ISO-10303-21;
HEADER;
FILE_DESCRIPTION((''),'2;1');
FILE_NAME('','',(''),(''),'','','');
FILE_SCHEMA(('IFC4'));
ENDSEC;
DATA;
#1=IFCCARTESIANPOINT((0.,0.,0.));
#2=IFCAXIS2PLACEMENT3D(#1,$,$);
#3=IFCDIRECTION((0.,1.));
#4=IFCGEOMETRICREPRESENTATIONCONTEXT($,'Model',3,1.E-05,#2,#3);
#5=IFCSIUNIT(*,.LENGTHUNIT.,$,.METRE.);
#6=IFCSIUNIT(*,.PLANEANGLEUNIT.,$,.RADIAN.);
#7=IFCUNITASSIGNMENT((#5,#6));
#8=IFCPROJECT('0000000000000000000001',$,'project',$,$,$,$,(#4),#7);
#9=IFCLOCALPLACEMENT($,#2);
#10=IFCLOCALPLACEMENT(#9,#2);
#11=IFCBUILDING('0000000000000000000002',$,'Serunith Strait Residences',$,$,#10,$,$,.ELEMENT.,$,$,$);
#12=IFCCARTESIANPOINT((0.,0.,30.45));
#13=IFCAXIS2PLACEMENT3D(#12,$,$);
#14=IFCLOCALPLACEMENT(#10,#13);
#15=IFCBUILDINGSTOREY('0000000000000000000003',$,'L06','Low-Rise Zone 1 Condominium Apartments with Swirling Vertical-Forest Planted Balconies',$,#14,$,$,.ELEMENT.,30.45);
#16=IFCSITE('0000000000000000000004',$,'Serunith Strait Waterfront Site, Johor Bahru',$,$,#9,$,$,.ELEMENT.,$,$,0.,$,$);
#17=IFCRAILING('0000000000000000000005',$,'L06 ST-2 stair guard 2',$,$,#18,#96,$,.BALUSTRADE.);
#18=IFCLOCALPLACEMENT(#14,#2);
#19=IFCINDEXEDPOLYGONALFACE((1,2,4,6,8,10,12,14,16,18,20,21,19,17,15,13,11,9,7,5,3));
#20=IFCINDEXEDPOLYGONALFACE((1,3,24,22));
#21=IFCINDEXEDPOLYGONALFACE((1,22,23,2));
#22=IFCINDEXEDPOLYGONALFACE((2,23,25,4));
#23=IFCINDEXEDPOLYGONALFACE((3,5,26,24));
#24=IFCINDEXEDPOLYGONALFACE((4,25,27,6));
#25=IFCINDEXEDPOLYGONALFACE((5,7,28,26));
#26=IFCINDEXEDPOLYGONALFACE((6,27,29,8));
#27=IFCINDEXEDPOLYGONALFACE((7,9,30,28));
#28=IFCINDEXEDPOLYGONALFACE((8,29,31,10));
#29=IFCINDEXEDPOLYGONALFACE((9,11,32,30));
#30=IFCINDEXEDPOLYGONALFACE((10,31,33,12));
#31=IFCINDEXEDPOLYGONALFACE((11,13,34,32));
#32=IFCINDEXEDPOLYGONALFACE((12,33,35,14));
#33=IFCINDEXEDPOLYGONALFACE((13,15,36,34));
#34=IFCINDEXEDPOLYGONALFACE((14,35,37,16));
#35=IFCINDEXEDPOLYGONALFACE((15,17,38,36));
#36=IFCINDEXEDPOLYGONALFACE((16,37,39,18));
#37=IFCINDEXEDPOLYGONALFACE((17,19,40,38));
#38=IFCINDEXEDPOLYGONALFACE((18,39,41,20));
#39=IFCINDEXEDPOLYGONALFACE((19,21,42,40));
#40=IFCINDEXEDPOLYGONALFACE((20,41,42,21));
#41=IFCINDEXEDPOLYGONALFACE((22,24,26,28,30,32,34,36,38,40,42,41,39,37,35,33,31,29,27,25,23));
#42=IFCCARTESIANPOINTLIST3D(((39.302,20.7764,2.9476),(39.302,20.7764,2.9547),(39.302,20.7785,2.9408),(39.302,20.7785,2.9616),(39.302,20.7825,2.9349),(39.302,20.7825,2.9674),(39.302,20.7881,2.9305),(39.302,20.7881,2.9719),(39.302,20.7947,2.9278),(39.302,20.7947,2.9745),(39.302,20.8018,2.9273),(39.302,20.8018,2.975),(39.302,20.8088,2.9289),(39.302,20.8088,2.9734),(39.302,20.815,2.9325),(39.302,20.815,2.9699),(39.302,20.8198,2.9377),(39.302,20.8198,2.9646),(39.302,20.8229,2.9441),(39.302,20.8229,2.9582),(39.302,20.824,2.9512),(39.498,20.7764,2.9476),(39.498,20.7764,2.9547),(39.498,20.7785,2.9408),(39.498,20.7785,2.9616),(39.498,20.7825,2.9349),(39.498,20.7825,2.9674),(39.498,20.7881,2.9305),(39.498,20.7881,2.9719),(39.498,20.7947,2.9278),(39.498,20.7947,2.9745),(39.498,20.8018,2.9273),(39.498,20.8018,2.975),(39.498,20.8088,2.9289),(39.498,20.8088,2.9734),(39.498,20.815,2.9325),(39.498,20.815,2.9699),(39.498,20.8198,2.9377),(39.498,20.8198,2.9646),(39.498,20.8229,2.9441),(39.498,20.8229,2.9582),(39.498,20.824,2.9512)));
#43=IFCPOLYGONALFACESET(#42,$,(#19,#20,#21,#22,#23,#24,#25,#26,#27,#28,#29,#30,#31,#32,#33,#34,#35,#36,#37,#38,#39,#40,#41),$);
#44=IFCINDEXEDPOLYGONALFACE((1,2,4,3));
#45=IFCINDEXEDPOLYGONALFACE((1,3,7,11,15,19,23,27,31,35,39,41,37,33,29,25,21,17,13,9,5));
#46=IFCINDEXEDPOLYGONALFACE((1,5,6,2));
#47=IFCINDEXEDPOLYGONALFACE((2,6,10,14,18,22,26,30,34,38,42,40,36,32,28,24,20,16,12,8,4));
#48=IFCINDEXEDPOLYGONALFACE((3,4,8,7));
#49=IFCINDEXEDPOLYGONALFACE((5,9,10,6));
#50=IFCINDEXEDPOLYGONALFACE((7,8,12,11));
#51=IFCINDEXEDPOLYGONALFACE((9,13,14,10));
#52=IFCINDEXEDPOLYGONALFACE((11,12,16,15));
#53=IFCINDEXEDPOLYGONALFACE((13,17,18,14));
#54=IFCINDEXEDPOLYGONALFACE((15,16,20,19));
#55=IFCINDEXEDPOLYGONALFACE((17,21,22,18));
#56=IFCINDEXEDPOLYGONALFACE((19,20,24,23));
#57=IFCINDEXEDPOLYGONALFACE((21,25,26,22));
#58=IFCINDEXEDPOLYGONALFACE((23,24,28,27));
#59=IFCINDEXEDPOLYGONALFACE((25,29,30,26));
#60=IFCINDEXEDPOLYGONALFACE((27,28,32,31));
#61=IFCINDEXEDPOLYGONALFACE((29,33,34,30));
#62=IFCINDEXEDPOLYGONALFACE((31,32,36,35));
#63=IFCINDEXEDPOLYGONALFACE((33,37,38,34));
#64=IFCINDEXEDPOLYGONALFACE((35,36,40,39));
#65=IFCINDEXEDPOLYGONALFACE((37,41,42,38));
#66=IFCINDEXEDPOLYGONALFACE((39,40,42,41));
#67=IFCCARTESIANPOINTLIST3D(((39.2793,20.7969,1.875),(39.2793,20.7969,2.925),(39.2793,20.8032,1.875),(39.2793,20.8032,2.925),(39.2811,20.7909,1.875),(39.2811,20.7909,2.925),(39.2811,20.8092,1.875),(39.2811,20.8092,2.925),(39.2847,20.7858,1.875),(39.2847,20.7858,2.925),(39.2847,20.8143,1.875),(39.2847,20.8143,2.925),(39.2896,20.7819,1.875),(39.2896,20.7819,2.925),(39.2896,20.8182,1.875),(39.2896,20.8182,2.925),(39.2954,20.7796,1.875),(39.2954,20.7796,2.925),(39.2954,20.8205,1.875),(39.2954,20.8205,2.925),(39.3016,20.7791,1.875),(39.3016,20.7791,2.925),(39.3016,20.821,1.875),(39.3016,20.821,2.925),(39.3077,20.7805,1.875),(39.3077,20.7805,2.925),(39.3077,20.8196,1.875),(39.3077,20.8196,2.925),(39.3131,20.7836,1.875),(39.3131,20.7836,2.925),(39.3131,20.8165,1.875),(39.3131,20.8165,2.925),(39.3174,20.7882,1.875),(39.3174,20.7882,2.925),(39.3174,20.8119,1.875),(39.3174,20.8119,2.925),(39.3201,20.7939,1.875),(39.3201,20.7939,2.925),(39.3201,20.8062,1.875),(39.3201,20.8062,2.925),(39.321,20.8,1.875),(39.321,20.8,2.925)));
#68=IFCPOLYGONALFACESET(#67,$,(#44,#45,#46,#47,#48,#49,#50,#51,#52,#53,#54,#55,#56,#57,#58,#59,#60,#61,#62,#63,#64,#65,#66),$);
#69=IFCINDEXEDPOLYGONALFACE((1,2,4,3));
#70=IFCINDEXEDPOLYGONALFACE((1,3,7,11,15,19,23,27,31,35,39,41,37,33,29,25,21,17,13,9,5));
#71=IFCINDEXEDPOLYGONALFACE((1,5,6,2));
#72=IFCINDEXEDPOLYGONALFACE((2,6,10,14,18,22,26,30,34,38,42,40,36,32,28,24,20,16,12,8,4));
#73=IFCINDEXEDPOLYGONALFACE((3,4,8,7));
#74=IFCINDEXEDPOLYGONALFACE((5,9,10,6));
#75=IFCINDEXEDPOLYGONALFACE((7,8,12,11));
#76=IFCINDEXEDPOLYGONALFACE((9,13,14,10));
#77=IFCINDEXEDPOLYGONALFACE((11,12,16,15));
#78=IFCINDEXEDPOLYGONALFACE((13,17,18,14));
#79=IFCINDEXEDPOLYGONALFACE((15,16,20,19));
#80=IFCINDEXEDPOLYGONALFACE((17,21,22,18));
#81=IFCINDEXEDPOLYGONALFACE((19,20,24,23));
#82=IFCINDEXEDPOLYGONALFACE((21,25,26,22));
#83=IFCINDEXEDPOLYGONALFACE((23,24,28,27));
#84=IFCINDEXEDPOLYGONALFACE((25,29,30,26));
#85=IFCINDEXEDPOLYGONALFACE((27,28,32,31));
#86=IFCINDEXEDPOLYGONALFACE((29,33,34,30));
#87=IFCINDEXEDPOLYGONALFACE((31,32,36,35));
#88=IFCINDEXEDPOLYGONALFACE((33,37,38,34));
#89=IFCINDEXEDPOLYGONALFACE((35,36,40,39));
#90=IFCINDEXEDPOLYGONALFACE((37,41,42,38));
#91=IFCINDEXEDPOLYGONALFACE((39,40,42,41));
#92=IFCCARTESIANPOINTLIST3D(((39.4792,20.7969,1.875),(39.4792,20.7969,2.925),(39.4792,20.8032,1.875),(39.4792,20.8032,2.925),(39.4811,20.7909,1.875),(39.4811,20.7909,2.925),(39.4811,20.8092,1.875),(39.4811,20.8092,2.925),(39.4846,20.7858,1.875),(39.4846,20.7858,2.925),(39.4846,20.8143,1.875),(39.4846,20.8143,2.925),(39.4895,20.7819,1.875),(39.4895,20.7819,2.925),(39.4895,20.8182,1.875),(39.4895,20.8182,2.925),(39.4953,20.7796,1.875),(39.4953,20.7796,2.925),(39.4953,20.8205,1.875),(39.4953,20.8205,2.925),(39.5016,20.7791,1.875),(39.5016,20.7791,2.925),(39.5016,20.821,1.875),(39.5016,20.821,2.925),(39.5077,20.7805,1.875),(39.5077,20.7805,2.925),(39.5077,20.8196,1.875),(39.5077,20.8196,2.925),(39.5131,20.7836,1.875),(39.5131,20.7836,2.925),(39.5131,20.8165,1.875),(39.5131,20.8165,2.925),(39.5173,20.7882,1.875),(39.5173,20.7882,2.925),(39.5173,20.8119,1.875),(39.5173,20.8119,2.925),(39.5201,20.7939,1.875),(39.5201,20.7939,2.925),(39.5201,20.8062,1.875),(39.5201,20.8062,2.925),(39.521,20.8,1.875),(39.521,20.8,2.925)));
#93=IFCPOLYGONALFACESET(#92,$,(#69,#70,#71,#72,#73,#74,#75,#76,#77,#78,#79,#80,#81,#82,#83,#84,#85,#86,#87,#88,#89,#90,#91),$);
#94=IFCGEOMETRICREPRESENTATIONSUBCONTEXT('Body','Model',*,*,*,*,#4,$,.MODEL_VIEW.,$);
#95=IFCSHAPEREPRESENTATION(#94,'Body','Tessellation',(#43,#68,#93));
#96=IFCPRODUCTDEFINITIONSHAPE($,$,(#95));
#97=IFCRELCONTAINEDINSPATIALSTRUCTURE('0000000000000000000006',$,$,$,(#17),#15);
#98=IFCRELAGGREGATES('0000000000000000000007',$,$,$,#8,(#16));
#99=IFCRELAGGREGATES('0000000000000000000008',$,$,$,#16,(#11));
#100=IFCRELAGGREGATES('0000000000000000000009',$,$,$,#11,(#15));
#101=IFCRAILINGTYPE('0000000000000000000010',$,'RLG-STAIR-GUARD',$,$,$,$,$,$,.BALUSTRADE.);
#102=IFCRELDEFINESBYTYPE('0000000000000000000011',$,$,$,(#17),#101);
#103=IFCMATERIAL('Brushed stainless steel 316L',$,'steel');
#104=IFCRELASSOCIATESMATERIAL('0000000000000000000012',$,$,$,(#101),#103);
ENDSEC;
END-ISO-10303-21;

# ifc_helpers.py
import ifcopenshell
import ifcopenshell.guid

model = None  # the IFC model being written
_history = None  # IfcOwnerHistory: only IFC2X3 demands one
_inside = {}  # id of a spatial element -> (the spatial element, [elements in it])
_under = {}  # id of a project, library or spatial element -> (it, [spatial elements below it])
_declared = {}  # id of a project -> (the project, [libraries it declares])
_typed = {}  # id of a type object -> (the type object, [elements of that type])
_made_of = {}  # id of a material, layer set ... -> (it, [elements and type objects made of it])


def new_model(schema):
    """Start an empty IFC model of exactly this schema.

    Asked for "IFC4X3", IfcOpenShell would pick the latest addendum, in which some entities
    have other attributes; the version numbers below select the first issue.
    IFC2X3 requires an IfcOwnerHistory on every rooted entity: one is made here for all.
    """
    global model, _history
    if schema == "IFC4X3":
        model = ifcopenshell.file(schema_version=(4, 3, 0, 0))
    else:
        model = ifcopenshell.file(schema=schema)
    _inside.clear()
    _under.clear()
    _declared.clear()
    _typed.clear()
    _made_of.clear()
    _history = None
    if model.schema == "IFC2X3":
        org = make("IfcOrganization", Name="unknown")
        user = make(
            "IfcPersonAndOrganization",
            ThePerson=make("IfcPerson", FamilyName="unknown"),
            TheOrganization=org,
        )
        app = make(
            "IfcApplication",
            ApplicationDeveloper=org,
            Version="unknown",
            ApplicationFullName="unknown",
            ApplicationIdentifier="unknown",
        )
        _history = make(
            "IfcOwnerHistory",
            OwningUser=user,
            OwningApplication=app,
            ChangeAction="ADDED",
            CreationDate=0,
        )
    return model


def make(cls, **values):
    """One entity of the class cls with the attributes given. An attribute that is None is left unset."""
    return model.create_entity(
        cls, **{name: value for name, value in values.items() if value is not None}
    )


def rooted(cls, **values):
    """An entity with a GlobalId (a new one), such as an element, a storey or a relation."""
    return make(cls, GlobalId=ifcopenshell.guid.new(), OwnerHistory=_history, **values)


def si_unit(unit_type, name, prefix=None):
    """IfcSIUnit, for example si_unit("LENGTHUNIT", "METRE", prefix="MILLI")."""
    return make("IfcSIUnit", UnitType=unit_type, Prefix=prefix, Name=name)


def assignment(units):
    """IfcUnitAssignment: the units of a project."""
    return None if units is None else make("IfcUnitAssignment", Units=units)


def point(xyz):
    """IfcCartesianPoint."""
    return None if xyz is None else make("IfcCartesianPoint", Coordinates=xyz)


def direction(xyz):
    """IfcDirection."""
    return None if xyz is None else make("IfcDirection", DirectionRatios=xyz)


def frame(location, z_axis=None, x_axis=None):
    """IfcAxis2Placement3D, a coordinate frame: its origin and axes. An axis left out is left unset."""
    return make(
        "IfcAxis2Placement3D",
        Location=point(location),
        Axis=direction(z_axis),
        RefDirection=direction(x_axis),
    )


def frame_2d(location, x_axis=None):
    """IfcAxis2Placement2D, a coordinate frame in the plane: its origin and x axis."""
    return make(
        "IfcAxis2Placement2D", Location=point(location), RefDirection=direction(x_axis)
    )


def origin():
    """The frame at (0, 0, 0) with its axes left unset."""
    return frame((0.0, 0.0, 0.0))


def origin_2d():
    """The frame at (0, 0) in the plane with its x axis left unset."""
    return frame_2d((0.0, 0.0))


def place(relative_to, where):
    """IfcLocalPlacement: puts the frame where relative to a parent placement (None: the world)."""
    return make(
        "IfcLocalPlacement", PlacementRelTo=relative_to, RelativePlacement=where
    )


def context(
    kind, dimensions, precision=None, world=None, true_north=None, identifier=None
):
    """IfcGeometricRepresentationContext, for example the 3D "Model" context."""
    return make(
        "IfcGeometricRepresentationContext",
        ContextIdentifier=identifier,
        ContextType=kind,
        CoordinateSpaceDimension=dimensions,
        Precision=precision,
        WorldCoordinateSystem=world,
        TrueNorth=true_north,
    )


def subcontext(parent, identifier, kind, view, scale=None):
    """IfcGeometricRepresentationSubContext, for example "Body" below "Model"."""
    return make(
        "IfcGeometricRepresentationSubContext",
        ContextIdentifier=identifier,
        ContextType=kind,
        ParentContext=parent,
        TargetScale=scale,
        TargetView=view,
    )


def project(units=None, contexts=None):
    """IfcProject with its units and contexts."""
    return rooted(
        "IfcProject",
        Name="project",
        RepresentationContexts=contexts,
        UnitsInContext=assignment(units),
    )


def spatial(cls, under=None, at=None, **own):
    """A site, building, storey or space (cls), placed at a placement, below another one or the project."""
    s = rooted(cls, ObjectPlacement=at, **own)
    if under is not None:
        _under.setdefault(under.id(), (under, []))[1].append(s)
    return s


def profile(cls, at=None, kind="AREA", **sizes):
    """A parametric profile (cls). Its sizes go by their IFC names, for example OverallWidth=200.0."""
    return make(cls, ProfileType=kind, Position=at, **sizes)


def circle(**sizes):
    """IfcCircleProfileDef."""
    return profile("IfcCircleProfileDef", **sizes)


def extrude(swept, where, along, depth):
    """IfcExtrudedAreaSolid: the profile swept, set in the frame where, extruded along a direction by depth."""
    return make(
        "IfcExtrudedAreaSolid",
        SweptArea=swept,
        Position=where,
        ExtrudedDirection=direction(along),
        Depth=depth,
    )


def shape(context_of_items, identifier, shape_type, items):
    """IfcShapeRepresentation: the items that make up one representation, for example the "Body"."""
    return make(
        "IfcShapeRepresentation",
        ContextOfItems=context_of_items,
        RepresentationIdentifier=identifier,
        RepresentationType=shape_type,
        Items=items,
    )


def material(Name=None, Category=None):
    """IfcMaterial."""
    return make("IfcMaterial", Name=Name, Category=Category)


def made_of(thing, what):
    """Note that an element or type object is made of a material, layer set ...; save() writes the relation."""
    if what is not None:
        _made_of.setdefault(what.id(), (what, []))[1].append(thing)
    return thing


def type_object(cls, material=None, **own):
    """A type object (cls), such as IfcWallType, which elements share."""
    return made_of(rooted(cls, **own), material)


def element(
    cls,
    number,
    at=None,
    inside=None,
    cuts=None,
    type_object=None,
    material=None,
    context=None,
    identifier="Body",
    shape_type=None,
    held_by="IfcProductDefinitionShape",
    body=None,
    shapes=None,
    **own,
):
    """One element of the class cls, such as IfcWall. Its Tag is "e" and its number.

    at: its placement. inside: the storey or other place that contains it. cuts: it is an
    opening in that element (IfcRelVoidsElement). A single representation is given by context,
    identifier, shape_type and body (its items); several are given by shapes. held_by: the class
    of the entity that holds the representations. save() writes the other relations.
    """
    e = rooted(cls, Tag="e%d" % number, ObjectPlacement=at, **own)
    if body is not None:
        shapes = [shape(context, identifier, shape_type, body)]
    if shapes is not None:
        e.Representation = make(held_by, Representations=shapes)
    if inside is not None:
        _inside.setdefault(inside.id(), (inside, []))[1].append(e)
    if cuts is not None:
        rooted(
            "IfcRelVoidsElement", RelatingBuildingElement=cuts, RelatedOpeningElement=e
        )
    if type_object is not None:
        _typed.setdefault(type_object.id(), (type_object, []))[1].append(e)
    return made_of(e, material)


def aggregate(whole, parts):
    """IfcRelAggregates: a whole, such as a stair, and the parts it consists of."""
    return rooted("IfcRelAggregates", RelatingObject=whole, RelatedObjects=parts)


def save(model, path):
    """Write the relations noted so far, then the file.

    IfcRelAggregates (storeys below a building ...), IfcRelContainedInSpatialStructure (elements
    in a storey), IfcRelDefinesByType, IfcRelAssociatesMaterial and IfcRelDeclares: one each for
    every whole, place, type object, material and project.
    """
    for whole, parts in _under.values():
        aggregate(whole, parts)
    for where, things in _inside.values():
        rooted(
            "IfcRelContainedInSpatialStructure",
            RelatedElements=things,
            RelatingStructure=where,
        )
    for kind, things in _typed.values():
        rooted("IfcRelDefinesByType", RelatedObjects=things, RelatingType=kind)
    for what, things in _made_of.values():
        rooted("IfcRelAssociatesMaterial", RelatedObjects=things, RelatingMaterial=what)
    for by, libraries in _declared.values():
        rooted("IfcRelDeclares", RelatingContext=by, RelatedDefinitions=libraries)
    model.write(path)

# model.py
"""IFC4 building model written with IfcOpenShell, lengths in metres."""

from ifc_helpers import new_model, si_unit, direction, frame, origin, origin_2d, place, context, subcontext, project, spatial, circle, extrude, material, type_object, element, save


model = new_model("IFC4")

# Units and contexts
model_context = context("Model", 3, precision=1e-05, world=origin(), true_north=direction((0.0, 1.0)))
body_context = subcontext(model_context, "Body", "Model", "MODEL_VIEW")
ifc_project = project(units=[si_unit("LENGTHUNIT", "METRE"), si_unit("PLANEANGLEUNIT", "RADIAN")], contexts=[model_context])

# Site, building, storey
site_placement = place(None, origin())
site = spatial("IfcSite", under=ifc_project, at=site_placement, Name="Serunith Strait Waterfront Site, Johor Bahru", CompositionType="ELEMENT", RefElevation=0.0)
building_placement = place(site_placement, origin())
building = spatial("IfcBuilding", under=site, at=building_placement, Name="Serunith Strait Residences", CompositionType="ELEMENT")
storey_placement = place(building_placement, frame((0.0, 0.0, 30.45)))
storey = spatial("IfcBuildingStorey", under=building, at=storey_placement, Name="L06", Description="Low-Rise Zone 1 Condominium Apartments with Swirling Vertical-Forest Planted Balconies", CompositionType="ELEMENT", Elevation=30.45)

# Railing
ifc_material_1 = material(Name="Brushed stainless steel 316L", Category="steel")
railing_type_1 = type_object("IfcRailingType", Name="RLG-STAIR-GUARD", PredefinedType="BALUSTRADE", material=ifc_material_1)
railing_1_placement = place(storey_placement, frame((39.3, 20.8, 1.875)))
element("IfcRailing", 1, at=railing_1_placement, inside=storey, type_object=railing_type_1, Name="L06 ST-2 stair guard 2", PredefinedType="BALUSTRADE", context=body_context, shape_type="SweptSolid", body=[
    extrude(circle(Radius=0.0239, at=origin_2d()), frame((0.002, 0.0, 1.0762), z_axis=(1.0, 0.0, 0.0), x_axis=(0.0, 1.0, 0.0)), (0.0, 0.0, 1.0), 0.196),
    extrude(circle(Radius=0.021, at=origin_2d()), origin(), (0.0, 0.0, 1.0), 1.05),
    extrude(circle(Radius=0.021, at=origin_2d()), frame((0.2, 0.0, 0.0)), (0.0, 0.0, 1.0), 1.05),
])

save(model, "model.ifc")
